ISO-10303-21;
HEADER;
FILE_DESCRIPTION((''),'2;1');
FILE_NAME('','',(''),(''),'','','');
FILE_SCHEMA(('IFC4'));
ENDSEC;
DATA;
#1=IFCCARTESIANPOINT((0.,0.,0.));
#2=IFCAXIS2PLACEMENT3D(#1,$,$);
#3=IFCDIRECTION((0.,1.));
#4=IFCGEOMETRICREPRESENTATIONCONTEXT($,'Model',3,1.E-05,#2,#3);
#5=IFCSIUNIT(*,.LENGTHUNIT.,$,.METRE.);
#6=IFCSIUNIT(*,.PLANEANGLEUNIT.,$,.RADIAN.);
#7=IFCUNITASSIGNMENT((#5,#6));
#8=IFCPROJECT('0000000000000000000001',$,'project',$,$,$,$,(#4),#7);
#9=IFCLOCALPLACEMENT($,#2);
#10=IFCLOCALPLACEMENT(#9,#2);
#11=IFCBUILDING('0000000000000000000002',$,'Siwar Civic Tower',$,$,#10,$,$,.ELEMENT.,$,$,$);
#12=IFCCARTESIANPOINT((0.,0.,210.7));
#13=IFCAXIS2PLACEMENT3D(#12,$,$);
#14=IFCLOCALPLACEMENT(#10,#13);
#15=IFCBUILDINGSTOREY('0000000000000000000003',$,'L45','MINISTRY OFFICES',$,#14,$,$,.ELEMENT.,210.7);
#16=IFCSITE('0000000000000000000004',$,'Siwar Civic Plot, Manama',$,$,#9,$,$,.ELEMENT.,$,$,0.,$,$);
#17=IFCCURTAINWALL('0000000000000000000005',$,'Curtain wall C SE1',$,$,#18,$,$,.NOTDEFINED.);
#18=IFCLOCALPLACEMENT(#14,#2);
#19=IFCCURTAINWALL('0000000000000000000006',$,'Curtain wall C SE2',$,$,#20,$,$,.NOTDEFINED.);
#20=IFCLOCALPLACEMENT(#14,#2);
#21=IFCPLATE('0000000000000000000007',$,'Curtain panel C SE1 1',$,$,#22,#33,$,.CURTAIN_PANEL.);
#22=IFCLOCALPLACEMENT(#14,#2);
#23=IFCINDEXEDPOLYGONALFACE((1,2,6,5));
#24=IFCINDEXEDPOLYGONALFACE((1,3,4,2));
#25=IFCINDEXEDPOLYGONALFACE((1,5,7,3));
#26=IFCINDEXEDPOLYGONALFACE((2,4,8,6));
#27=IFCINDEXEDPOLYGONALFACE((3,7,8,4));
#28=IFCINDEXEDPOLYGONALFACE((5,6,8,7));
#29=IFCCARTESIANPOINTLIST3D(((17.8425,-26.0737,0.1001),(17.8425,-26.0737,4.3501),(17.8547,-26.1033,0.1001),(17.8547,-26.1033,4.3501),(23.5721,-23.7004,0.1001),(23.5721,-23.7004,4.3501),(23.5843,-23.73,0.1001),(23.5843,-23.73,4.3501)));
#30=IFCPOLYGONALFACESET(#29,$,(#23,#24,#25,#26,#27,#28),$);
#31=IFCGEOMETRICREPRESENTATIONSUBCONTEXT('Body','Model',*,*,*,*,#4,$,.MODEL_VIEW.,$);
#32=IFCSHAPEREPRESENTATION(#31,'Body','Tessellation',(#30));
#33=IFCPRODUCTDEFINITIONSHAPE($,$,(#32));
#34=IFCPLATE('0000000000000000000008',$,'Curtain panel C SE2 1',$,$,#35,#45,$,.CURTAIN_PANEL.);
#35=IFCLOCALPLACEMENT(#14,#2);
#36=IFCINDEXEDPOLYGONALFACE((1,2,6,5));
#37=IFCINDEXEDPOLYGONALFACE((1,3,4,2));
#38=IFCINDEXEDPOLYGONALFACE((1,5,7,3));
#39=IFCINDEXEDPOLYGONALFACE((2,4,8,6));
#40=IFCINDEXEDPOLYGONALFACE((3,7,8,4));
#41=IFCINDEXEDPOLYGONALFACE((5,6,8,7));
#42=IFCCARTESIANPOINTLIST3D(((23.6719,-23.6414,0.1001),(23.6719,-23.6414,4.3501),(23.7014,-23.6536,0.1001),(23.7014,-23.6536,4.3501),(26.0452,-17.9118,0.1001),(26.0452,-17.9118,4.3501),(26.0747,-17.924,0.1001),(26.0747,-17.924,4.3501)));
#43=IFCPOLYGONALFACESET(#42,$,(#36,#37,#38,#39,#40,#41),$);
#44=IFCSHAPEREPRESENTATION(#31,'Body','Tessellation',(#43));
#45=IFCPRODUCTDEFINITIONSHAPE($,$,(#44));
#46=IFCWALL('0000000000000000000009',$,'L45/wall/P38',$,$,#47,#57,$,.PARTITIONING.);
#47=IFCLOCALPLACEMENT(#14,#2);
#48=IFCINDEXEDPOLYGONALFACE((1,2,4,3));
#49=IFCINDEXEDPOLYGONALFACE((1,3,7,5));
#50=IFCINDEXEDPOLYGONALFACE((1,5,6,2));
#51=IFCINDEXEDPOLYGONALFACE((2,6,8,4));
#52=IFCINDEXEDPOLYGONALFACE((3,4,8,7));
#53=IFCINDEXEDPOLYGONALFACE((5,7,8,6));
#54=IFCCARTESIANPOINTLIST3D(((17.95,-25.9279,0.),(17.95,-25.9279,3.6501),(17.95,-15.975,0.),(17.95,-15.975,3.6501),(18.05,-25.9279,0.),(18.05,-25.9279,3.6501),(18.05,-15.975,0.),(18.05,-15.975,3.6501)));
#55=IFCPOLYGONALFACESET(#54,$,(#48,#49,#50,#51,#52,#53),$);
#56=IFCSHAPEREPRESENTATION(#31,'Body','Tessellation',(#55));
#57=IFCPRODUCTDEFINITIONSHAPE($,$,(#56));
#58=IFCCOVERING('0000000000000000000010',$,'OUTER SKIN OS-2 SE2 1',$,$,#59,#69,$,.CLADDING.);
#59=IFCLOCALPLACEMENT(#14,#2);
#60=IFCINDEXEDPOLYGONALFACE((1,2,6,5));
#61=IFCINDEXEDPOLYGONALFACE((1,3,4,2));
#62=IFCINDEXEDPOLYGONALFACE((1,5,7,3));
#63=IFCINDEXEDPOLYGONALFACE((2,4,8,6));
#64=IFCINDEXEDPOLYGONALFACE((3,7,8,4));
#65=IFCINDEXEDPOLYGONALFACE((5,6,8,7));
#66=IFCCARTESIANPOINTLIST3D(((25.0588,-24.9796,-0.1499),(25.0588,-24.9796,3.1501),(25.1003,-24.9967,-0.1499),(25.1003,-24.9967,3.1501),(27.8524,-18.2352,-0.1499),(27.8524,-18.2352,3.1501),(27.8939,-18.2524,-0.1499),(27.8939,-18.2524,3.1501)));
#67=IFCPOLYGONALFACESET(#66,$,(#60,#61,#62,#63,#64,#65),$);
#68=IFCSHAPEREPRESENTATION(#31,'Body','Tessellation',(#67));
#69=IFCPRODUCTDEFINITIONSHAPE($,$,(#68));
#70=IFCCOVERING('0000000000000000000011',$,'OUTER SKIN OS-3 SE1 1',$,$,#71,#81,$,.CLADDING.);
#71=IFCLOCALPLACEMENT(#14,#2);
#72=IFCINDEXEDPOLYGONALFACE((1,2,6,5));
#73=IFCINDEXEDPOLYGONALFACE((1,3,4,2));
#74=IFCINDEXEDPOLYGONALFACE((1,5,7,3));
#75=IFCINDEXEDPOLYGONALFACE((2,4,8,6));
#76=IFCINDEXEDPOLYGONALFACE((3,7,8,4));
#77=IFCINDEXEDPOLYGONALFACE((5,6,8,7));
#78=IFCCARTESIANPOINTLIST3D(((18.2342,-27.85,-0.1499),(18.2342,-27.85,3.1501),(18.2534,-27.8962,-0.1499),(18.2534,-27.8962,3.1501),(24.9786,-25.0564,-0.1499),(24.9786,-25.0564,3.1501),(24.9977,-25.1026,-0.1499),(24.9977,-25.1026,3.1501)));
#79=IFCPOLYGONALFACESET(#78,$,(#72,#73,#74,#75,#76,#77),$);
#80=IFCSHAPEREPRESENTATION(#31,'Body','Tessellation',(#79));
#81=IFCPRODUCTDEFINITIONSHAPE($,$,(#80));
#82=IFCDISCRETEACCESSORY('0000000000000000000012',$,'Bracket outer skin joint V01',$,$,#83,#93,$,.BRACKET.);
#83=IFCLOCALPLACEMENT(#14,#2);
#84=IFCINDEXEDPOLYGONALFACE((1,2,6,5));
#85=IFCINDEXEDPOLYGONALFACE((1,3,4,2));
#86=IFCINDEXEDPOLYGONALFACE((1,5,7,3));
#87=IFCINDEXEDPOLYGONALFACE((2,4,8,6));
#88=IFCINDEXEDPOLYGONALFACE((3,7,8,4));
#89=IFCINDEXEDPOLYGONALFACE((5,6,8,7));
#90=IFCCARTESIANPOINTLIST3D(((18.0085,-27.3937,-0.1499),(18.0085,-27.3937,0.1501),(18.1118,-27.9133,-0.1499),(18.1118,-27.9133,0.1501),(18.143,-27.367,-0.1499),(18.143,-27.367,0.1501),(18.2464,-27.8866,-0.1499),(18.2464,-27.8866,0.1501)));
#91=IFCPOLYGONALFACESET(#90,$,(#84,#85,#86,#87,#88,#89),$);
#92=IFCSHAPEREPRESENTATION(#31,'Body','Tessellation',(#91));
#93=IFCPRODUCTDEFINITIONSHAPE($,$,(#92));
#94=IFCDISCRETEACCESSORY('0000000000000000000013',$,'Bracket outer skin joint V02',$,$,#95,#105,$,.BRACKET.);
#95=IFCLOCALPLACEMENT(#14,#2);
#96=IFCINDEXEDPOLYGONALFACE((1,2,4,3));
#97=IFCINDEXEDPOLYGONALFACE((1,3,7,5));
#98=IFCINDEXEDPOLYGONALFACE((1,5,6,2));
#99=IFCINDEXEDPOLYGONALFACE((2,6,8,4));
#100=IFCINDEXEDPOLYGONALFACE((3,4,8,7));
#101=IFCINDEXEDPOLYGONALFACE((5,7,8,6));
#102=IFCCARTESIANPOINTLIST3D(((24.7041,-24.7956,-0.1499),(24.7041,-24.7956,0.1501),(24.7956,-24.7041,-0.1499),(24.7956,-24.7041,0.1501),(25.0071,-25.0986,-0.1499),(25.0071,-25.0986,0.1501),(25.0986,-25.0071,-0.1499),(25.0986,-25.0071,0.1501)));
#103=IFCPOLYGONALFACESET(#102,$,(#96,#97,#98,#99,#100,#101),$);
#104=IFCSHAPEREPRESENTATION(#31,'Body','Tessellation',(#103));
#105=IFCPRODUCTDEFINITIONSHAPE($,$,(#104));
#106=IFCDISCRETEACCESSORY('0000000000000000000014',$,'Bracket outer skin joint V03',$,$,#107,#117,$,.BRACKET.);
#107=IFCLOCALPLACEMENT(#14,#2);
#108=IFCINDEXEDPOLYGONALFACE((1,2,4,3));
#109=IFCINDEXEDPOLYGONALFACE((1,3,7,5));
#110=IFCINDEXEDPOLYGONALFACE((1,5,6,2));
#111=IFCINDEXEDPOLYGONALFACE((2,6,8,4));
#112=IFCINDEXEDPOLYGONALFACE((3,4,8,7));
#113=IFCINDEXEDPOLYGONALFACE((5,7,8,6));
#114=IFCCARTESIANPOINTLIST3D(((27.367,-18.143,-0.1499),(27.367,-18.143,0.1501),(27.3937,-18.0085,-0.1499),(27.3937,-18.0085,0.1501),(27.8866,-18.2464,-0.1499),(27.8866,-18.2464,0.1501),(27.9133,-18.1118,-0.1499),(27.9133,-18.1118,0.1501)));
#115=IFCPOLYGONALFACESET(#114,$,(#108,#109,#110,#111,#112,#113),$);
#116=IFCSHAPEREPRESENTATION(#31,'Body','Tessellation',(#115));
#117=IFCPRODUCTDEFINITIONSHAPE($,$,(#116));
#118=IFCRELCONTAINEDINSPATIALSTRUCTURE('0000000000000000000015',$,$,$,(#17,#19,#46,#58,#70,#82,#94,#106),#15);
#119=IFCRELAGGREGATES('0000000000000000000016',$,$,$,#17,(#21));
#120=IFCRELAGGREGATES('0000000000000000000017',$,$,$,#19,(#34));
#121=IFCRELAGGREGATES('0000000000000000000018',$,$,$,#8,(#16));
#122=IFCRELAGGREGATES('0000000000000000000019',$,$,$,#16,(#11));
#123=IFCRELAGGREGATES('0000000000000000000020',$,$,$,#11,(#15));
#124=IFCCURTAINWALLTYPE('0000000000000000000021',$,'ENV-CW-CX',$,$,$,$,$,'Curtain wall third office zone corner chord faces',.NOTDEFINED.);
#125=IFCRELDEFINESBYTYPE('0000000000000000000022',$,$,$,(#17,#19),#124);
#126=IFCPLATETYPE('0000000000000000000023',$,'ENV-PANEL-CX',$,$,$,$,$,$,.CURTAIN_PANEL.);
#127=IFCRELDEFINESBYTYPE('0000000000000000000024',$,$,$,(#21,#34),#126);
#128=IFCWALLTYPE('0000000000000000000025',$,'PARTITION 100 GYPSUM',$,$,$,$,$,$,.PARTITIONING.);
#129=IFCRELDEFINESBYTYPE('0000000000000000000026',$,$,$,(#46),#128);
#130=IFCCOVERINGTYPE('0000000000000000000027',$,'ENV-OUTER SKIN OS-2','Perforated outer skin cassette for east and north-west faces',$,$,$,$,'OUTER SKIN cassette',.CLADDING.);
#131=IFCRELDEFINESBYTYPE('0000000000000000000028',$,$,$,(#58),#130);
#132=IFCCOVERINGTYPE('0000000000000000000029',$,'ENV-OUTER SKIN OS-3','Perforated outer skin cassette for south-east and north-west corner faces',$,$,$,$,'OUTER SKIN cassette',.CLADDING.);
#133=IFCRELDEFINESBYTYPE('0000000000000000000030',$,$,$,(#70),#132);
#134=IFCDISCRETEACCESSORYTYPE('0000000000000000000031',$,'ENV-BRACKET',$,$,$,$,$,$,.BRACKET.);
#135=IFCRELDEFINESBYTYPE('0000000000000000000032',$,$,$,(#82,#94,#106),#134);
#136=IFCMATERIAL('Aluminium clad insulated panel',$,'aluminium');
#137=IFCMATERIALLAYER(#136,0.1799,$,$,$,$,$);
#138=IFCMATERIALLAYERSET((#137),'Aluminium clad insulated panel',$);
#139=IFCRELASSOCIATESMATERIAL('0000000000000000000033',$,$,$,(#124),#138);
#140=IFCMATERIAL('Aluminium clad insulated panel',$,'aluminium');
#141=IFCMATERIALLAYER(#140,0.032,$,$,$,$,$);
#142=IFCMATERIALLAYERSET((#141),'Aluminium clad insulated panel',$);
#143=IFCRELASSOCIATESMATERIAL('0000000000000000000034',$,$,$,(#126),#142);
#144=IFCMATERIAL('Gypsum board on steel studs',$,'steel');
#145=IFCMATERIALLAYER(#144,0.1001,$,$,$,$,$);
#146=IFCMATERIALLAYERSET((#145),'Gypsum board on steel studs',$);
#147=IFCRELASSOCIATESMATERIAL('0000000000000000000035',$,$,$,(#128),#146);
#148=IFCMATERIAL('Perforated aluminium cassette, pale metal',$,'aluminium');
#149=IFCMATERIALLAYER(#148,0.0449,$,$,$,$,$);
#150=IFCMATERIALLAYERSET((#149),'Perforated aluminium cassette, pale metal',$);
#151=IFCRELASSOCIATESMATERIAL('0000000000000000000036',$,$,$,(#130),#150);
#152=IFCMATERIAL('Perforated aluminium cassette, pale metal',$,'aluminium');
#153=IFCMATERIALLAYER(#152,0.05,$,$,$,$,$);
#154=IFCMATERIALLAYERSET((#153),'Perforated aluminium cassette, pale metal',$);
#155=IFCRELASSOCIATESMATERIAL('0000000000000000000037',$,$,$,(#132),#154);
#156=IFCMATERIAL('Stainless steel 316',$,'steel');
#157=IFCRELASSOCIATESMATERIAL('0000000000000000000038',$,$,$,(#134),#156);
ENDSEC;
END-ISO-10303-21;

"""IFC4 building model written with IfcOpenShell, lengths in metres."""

from ifc_helpers import new_model, si_unit, direction, frame, frame_2d, origin, origin_2d, place, context, subcontext, project, spatial, rectangle, extrude, material, layer, layer_set, type_object, element, aggregate, save


model = new_model("IFC4")

# Units and contexts
model_context = context("Model", 3, precision=1e-05, world=origin(), true_north=direction((0.0, 1.0)))
body_context = subcontext(model_context, "Body", "Model", "MODEL_VIEW")
ifc_project = project(units=[si_unit("LENGTHUNIT", "METRE"), si_unit("PLANEANGLEUNIT", "RADIAN")], contexts=[model_context])

# Site, building, storey
site_placement = place(None, origin())
site = spatial("IfcSite", under=ifc_project, at=site_placement, Name="Siwar Civic Plot, Manama", CompositionType="ELEMENT", RefElevation=0.0)
building_placement = place(site_placement, origin())
building = spatial("IfcBuilding", under=site, at=building_placement, Name="Siwar Civic Tower", CompositionType="ELEMENT")
storey_placement = place(building_placement, frame((0.0, 0.0, 210.7)))
storey = spatial("IfcBuildingStorey", under=building, at=storey_placement, Name="L45", Description="MINISTRY OFFICES", CompositionType="ELEMENT", Elevation=210.7)

# Curtain walls
ifc_material_1 = material(Name="Aluminium clad insulated panel", Category="aluminium")
ifc_layer_1 = layer(ifc_material_1, 0.1799)
ifc_layer_set_1 = layer_set([ifc_layer_1], Name="Aluminium clad insulated panel")
curtain_wall_type = type_object("IfcCurtainWallType", Name="ENV-CW-CX", ElementType="Curtain wall third office zone corner chord faces", PredefinedType="NOTDEFINED", material=ifc_layer_set_1)
curtain_wall_1_placement = place(storey_placement, origin())
curtain_wall_1 = element("IfcCurtainWall", 1, at=curtain_wall_1_placement, inside=storey, type_object=curtain_wall_type, Name="Curtain wall C SE1", PredefinedType="NOTDEFINED")
curtain_wall_2_placement = place(storey_placement, origin())
curtain_wall_2 = element("IfcCurtainWall", 2, at=curtain_wall_2_placement, inside=storey, type_object=curtain_wall_type, Name="Curtain wall C SE2", PredefinedType="NOTDEFINED")

# Plates
ifc_material_2 = material(Name="Aluminium clad insulated panel", Category="aluminium")
ifc_layer_2 = layer(ifc_material_2, 0.032)
ifc_layer_set_2 = layer_set([ifc_layer_2], Name="Aluminium clad insulated panel")
plate_type = type_object("IfcPlateType", Name="ENV-PANEL-CX", PredefinedType="CURTAIN_PANEL", material=ifc_layer_set_2)
plate_1_placement = place(storey_placement, frame((20.7134, -24.9019, 0.1001), z_axis=(0.0, 0.0, 1.0), x_axis=(0.92388, 0.382683, 0.0)))
plate_1 = element("IfcPlate", 3, at=plate_1_placement, type_object=plate_type, Name="Curtain panel C SE1 1", PredefinedType="CURTAIN_PANEL", context=body_context, shape_type="SweptSolid", body=[
    extrude(rectangle(XDim=6.2017, YDim=0.032, at=origin_2d()), origin(), (0.0, 0.0, 1.0), 4.25),
])
aggregate(curtain_wall_1, [plate_1])
plate_2_placement = place(storey_placement, frame((24.8733, -20.7827, 0.1001), z_axis=(0.0, 0.0, 1.0), x_axis=(0.382683, 0.92388, 0.0)))
plate_2 = element("IfcPlate", 4, at=plate_2_placement, type_object=plate_type, Name="Curtain panel C SE2 1", PredefinedType="CURTAIN_PANEL", context=body_context, shape_type="SweptSolid", body=[
    extrude(rectangle(XDim=6.2017, YDim=0.032, at=origin_2d()), origin(), (0.0, 0.0, 1.0), 4.25),
])
aggregate(curtain_wall_2, [plate_2])

# Wall
ifc_material_3 = material(Name="Gypsum board on steel studs", Category="steel")
ifc_layer_3 = layer(ifc_material_3, 0.1001)
ifc_layer_set_3 = layer_set([ifc_layer_3], Name="Gypsum board on steel studs")
wall_type = type_object("IfcWallType", Name="PARTITION 100 GYPSUM", PredefinedType="PARTITIONING", material=ifc_layer_set_3)
wall_placement = place(storey_placement, frame((18.0, -25.928, 0.0), z_axis=(0.0, 0.0, 1.0), x_axis=(0.0, 1.0, 0.0)))
element("IfcWall", 5, at=wall_placement, inside=storey, type_object=wall_type, Name="L45/wall/P38", PredefinedType="PARTITIONING", context=body_context, shape_type="SweptSolid", body=[
    extrude(rectangle(XDim=9.9529, YDim=0.1001, at=frame_2d((4.9766, 0.0))), origin(), (0.0, 0.0, 1.0), 3.6501),
])

# Coverings
ifc_material_4 = material(Name="Perforated aluminium cassette, pale metal", Category="aluminium")
ifc_layer_4 = layer(ifc_material_4, 0.0449)
ifc_layer_set_4 = layer_set([ifc_layer_4], Name="Perforated aluminium cassette, pale metal")
covering_type_1 = type_object("IfcCoveringType", Name="ENV-OUTER SKIN OS-2", Description="Perforated outer skin cassette for east and north-west faces", ElementType="OUTER SKIN cassette", PredefinedType="CLADDING", material=ifc_layer_set_4)
covering_1_placement = place(storey_placement, frame((26.4763, -21.616, -0.1499), z_axis=(0.0, 0.0, 1.0), x_axis=(0.382683, 0.92388, 0.0)))
element("IfcCovering", 6, at=covering_1_placement, inside=storey, type_object=covering_type_1, Name="OUTER SKIN OS-2 SE2 1", PredefinedType="CLADDING", context=body_context, shape_type="SweptSolid", body=[
    extrude(rectangle(XDim=7.3, YDim=0.0449, at=origin_2d()), origin(), (0.0, 0.0, 1.0), 3.3),
])
ifc_material_5 = material(Name="Perforated aluminium cassette, pale metal", Category="aluminium")
ifc_layer_5 = layer(ifc_material_5, 0.05)
ifc_layer_set_5 = layer_set([ifc_layer_5], Name="Perforated aluminium cassette, pale metal")
covering_type_2 = type_object("IfcCoveringType", Name="ENV-OUTER SKIN OS-3", Description="Perforated outer skin cassette for south-east and north-west corner faces", ElementType="OUTER SKIN cassette", PredefinedType="CLADDING", material=ifc_layer_set_5)
covering_2_placement = place(storey_placement, frame((21.616, -26.4763, -0.1499), z_axis=(0.0, 0.0, 1.0), x_axis=(0.92388, 0.382683, 0.0)))
element("IfcCovering", 7, at=covering_2_placement, inside=storey, type_object=covering_type_2, Name="OUTER SKIN OS-3 SE1 1", PredefinedType="CLADDING", context=body_context, shape_type="SweptSolid", body=[
    extrude(rectangle(XDim=7.3, YDim=0.05, at=origin_2d()), origin(), (0.0, 0.0, 1.0), 3.3),
])

# Discrete accessories
ifc_material_6 = material(Name="Stainless steel 316", Category="steel")
discrete_accessory_type = type_object("IfcDiscreteAccessoryType", Name="ENV-BRACKET", PredefinedType="BRACKET", material=ifc_material_6)
discrete_accessory_1_placement = place(storey_placement, frame((18.1274, -27.6401, -0.1499), z_axis=(0.0, 0.0, 1.0), x_axis=(0.19509, -0.980785, 0.0)))
element("IfcDiscreteAccessory", 8, at=discrete_accessory_1_placement, inside=storey, type_object=discrete_accessory_type, Name="Bracket outer skin joint V01", PredefinedType="BRACKET", context=body_context, shape_type="SweptSolid", body=[
    extrude(rectangle(XDim=0.5298, YDim=0.1372, at=origin_2d()), origin(), (0.0, 0.0, 1.0), 0.3),
])
discrete_accessory_2_placement = place(storey_placement, frame((24.9014, -24.9014, -0.1499), z_axis=(0.0, 0.0, 1.0), x_axis=(0.707107, -0.707107, 0.0)))
element("IfcDiscreteAccessory", 9, at=discrete_accessory_2_placement, inside=storey, type_object=discrete_accessory_type, Name="Bracket outer skin joint V02", PredefinedType="BRACKET", context=body_context, shape_type="SweptSolid", body=[
    extrude(rectangle(XDim=0.4285, YDim=0.1294, at=origin_2d()), origin(), (0.0, 0.0, 1.0), 0.3),
])
discrete_accessory_3_placement = place(storey_placement, frame((27.6401, -18.1274, -0.1499), z_axis=(0.0, 0.0, 1.0), x_axis=(0.980785, -0.19509, 0.0)))
element("IfcDiscreteAccessory", 10, at=discrete_accessory_3_placement, inside=storey, type_object=discrete_accessory_type, Name="Bracket outer skin joint V03", PredefinedType="BRACKET", context=body_context, shape_type="SweptSolid", body=[
    extrude(rectangle(XDim=0.5298, YDim=0.1372, at=origin_2d()), origin(), (0.0, 0.0, 1.0), 0.3),
])

save(model, "model.ifc")
